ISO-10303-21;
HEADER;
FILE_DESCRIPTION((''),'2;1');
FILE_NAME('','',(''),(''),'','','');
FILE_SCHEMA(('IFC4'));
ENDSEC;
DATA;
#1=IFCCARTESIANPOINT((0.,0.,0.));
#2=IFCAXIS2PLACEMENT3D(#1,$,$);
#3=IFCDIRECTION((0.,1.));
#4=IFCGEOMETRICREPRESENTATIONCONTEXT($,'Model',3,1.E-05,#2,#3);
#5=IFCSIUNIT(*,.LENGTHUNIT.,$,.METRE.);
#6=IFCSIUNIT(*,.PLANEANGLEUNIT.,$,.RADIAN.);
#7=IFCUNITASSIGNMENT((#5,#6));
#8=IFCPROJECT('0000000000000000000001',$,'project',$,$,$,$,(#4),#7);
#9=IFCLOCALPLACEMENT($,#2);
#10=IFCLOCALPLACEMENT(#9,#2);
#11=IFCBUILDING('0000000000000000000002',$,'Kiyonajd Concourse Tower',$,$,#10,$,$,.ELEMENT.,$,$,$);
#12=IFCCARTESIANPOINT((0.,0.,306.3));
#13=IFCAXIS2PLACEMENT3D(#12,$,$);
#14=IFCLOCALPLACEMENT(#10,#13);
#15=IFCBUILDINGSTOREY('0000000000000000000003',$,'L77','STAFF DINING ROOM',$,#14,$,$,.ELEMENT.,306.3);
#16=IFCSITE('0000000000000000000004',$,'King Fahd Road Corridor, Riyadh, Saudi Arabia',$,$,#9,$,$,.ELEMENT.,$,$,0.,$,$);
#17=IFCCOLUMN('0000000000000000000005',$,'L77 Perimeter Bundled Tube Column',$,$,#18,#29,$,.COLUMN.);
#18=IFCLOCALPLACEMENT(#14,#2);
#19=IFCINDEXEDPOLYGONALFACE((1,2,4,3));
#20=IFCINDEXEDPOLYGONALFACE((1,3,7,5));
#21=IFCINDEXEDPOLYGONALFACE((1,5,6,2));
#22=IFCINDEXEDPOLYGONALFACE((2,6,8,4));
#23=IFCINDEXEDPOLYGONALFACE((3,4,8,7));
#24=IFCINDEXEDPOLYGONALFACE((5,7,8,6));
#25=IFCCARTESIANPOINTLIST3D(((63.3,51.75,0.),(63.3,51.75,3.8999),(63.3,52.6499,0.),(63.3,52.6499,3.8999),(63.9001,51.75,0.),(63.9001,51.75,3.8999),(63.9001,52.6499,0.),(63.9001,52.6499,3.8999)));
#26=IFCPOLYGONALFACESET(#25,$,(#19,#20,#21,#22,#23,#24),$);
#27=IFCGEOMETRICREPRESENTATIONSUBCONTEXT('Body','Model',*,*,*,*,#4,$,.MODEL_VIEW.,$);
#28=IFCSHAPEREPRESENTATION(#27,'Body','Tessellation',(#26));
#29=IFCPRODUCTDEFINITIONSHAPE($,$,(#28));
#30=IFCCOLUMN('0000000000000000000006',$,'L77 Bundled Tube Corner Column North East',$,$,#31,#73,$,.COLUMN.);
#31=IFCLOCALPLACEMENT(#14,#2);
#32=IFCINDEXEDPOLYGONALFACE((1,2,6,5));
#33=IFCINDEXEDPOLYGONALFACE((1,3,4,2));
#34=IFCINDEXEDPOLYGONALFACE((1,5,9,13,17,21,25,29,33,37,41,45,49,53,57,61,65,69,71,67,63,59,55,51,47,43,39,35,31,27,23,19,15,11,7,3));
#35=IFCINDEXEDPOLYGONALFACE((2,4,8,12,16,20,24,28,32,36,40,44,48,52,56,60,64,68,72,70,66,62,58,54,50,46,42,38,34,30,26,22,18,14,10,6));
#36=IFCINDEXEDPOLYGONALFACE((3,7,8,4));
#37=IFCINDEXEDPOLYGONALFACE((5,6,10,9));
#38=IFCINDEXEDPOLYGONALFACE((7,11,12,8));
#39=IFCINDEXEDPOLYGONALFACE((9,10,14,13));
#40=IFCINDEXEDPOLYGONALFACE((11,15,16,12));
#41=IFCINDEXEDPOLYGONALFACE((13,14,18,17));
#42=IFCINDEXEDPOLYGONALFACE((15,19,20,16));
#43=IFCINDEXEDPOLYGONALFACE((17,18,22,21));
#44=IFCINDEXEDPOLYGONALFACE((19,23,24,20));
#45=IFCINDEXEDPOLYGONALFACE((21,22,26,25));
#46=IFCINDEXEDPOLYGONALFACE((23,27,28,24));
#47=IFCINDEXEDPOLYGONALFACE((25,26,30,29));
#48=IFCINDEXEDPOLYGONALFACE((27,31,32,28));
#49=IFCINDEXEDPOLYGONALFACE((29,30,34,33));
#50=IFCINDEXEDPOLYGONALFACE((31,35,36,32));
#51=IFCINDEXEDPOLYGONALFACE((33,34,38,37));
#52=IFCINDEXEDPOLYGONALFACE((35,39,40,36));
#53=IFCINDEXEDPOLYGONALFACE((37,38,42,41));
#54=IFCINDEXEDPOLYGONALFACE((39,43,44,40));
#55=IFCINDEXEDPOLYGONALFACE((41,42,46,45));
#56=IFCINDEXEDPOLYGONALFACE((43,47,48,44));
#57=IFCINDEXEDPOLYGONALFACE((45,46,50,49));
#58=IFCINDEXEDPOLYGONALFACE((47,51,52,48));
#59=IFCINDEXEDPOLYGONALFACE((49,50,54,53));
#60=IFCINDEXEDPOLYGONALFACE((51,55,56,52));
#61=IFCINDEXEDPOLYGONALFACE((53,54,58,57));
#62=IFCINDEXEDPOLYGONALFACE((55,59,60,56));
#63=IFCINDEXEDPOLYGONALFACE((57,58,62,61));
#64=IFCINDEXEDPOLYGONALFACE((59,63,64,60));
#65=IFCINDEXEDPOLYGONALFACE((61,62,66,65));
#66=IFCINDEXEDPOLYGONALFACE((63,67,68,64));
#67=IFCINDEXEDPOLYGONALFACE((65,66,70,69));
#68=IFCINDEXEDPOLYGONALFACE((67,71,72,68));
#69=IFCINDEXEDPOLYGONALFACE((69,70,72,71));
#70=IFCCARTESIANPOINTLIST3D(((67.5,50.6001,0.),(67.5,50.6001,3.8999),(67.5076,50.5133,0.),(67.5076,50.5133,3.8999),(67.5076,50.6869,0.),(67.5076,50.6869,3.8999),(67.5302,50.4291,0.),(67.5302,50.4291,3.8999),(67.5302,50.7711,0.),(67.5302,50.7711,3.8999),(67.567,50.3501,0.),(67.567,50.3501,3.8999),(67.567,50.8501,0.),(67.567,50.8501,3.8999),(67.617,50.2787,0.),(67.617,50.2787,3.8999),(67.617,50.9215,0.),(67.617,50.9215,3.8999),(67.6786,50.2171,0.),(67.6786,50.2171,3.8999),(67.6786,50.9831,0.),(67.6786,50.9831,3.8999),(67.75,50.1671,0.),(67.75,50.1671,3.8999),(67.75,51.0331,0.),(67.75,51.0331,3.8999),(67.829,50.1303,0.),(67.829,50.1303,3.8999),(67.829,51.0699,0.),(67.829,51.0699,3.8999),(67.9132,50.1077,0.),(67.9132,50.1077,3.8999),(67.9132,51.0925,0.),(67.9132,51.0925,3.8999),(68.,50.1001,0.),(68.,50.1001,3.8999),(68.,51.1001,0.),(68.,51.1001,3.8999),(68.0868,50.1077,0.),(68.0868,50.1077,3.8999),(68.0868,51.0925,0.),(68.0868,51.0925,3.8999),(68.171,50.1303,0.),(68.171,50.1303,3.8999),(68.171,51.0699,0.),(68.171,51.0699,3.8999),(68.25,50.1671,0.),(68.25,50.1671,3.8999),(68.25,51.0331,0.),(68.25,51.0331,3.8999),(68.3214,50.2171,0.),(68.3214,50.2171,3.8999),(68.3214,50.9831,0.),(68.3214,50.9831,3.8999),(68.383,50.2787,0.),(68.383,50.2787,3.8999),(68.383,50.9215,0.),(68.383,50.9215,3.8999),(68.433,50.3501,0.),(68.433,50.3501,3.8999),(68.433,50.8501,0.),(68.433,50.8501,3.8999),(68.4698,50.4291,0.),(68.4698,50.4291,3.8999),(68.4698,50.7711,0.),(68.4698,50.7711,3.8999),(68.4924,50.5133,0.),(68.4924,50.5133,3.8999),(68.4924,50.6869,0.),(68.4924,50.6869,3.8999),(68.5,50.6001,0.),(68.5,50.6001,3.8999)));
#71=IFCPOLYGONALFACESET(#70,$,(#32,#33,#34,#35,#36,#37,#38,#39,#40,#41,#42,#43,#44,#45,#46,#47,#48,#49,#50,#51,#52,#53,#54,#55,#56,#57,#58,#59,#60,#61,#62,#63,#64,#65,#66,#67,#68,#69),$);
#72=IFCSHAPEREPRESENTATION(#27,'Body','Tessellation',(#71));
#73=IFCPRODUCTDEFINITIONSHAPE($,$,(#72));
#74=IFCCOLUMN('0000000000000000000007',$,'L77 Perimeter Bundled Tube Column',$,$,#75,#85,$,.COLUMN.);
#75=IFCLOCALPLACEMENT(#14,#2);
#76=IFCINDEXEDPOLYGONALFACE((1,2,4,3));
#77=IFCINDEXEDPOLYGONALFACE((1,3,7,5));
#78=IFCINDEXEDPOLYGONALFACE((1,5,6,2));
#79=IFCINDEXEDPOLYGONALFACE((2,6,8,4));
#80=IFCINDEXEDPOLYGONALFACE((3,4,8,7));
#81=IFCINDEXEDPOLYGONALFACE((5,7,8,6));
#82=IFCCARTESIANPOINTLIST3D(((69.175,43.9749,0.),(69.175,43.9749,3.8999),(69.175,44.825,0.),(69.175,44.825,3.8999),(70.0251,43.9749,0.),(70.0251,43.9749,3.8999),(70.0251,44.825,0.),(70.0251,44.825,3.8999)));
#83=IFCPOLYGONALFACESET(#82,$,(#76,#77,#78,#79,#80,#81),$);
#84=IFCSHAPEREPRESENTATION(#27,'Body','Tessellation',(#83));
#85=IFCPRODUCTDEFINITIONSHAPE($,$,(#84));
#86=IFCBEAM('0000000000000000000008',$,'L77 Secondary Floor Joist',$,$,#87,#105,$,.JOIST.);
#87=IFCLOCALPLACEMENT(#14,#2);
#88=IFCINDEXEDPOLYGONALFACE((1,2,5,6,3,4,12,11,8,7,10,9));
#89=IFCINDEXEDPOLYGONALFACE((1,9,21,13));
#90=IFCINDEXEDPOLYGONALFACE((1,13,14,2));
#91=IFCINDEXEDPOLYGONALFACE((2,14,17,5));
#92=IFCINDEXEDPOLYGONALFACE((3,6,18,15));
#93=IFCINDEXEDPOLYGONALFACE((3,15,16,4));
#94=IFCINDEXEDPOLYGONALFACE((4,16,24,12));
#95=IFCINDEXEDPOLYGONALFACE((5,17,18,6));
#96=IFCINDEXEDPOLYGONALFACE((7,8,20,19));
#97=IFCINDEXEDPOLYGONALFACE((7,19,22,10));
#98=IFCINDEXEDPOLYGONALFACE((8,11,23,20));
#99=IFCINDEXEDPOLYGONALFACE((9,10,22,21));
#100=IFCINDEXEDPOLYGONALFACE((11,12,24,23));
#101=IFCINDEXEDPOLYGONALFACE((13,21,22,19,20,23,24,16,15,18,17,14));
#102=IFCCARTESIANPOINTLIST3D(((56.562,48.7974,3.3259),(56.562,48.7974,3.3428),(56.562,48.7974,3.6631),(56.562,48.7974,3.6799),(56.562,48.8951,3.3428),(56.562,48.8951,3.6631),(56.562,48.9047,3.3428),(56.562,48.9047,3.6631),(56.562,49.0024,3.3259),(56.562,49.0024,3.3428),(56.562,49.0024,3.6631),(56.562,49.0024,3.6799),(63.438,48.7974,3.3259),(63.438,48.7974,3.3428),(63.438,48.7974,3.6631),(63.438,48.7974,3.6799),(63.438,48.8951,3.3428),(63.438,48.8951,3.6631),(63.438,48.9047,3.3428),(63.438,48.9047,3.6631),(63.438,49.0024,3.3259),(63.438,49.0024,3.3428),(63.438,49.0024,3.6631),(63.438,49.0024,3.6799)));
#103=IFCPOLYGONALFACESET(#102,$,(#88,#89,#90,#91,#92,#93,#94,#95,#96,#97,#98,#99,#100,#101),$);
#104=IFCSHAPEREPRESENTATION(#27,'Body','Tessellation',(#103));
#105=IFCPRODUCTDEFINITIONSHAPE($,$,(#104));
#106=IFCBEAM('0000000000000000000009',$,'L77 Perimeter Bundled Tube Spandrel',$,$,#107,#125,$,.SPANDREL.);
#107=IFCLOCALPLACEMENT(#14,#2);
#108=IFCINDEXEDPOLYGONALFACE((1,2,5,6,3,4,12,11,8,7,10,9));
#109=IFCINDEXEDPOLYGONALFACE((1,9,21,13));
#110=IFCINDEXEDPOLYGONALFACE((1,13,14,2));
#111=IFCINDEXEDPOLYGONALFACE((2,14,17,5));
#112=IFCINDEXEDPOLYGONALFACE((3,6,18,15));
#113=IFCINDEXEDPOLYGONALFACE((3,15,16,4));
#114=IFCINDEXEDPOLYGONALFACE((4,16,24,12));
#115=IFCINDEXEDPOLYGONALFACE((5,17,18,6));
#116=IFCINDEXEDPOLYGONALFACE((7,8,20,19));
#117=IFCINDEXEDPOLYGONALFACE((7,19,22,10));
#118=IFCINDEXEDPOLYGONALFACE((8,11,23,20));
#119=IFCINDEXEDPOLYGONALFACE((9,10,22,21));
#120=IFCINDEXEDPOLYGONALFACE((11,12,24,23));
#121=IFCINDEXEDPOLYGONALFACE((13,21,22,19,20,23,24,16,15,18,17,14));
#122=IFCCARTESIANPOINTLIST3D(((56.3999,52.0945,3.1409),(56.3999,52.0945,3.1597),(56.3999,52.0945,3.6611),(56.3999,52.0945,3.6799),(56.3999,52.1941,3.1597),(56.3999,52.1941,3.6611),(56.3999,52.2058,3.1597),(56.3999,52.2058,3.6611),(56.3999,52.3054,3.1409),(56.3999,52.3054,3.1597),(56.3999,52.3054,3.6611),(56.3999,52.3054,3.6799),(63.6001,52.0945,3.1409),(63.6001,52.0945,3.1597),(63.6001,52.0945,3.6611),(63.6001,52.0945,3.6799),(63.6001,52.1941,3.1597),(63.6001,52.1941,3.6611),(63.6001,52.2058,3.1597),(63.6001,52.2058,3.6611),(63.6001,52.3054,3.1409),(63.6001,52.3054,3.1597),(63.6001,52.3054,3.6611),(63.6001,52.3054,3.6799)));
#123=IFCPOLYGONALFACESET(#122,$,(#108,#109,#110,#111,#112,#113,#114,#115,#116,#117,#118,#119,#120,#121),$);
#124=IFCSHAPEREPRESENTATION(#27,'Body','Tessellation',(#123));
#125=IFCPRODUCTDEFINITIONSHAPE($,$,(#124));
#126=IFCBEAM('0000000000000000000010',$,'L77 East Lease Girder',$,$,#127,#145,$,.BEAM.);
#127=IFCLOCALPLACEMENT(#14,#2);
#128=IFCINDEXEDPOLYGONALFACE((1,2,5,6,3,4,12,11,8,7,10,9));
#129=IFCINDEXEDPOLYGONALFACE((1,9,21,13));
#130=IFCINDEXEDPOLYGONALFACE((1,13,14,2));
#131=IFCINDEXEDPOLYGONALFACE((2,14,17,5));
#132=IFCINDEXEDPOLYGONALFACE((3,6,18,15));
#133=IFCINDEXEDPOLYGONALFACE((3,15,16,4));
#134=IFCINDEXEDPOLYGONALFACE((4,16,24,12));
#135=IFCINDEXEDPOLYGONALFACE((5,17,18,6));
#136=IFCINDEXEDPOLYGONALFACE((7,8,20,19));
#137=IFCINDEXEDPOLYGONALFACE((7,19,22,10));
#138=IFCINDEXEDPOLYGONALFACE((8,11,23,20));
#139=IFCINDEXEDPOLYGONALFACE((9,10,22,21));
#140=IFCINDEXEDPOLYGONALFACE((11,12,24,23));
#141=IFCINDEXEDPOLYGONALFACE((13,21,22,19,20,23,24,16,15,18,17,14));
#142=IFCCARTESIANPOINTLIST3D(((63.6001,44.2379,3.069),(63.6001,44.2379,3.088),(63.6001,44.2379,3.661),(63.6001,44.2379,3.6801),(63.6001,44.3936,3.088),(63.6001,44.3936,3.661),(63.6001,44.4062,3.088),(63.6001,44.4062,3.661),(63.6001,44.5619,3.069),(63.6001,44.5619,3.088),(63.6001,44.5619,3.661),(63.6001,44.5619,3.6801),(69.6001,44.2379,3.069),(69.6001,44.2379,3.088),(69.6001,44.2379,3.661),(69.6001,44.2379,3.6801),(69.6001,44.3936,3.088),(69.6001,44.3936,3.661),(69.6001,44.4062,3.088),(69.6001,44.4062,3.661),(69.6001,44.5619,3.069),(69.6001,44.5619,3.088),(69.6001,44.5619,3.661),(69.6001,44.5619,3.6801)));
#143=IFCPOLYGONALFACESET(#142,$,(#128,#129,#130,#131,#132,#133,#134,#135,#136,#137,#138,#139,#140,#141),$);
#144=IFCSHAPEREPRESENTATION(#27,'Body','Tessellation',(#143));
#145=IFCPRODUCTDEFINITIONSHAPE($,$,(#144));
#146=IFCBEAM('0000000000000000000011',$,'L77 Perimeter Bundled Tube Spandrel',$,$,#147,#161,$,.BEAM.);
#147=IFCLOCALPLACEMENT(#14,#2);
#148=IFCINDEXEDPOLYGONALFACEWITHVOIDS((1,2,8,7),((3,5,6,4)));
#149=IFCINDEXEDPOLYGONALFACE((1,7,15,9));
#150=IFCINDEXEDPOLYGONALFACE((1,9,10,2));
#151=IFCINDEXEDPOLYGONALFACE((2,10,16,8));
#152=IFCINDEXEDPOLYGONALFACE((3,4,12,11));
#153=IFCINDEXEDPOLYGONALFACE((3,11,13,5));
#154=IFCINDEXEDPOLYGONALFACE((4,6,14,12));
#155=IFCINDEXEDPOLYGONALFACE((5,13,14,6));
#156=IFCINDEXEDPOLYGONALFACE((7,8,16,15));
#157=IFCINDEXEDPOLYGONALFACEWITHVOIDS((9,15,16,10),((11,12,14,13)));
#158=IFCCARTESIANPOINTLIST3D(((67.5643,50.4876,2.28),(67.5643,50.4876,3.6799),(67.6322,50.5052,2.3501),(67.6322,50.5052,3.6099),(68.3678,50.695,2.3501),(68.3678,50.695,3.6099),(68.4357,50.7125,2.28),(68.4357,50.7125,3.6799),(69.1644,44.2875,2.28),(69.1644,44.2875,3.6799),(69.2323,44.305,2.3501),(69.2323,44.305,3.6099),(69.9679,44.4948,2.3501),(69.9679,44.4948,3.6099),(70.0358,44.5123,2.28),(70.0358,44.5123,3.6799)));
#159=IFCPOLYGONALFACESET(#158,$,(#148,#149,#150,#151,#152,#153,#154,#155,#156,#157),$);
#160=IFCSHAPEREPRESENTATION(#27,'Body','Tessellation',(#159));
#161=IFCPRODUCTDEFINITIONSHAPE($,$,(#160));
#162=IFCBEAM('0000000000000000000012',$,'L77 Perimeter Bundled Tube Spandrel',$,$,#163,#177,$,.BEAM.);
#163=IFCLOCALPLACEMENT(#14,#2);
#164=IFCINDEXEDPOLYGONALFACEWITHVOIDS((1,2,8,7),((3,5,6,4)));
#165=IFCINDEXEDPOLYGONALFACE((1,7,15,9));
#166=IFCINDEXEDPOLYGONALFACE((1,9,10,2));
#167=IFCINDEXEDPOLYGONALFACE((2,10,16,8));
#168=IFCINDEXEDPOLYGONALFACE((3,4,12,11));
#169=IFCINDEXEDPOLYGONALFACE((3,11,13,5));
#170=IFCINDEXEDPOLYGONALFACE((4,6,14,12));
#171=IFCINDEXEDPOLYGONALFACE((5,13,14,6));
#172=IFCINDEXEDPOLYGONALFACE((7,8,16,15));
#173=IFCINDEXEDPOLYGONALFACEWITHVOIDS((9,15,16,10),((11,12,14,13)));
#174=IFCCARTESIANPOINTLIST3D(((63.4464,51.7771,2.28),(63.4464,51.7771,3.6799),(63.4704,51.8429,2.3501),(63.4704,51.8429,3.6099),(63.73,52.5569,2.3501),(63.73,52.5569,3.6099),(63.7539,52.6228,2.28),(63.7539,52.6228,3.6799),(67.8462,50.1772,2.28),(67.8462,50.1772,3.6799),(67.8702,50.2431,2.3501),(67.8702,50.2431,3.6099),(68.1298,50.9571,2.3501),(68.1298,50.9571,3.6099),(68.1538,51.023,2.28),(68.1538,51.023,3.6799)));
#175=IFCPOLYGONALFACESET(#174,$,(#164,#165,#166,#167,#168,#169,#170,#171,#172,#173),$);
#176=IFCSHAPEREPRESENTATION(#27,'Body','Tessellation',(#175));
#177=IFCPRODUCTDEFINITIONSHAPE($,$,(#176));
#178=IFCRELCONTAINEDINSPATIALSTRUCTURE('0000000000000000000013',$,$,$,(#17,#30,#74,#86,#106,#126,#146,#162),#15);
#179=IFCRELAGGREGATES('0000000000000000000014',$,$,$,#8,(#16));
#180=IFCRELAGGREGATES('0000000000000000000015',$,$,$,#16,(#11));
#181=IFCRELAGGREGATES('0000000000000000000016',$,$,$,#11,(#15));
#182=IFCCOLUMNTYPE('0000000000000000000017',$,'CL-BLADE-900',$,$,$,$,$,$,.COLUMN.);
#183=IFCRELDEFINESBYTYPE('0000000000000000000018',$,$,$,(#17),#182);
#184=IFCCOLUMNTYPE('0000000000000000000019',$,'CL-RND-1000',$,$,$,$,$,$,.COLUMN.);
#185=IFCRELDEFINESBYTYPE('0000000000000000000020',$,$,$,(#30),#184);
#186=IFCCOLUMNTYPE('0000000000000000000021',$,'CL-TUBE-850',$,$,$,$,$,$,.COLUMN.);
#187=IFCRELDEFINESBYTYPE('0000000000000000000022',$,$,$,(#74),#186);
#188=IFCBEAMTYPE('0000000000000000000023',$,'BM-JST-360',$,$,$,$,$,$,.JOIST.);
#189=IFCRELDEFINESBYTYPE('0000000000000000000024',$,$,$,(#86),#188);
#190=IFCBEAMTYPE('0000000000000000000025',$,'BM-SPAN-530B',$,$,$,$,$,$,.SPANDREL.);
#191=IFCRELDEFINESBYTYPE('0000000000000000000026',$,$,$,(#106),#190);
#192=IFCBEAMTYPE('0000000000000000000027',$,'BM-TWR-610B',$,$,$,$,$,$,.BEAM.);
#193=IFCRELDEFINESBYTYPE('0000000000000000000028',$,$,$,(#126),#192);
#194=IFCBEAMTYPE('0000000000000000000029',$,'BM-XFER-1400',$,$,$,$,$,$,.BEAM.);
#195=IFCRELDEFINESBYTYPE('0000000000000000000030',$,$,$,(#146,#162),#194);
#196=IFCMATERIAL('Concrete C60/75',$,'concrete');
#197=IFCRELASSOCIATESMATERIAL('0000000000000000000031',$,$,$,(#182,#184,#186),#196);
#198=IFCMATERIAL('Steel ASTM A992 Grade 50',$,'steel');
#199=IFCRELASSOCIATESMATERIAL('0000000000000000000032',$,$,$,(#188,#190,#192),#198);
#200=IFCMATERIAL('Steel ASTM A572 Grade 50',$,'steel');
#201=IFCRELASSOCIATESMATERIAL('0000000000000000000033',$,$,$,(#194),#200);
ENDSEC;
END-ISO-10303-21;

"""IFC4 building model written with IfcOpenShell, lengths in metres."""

from ifc_helpers import new_model, si_unit, direction, frame, origin, origin_2d, place, context, subcontext, project, spatial, rectangle, hollow_rectangle, circle, i_section, extrude, material, material_profile, profile_set, type_object, element, save


model = new_model("IFC4")

# Units and contexts
model_context = context("Model", 3, precision=1e-05, world=origin(), true_north=direction((0.0, 1.0)))
body_context = subcontext(model_context, "Body", "Model", "MODEL_VIEW")
ifc_project = project(units=[si_unit("LENGTHUNIT", "METRE"), si_unit("PLANEANGLEUNIT", "RADIAN")], contexts=[model_context])

# Site, building, storey
site_placement = place(None, origin())
site = spatial("IfcSite", under=ifc_project, at=site_placement, Name="King Fahd Road Corridor, Riyadh, Saudi Arabia", CompositionType="ELEMENT", RefElevation=0.0)
building_placement = place(site_placement, origin())
building = spatial("IfcBuilding", under=site, at=building_placement, Name="Kiyonajd Concourse Tower", CompositionType="ELEMENT")
storey_placement = place(building_placement, frame((0.0, 0.0, 306.3)))
storey = spatial("IfcBuildingStorey", under=building, at=storey_placement, Name="L77", Description="STAFF DINING ROOM", CompositionType="ELEMENT", Elevation=306.3)

# Columns
ifc_material_1 = material(Name="Concrete C60/75", Category="concrete")
ifc_material_profile_1 = material_profile(ifc_material_1, rectangle(XDim=0.6001, YDim=0.8999, at=origin_2d()), Name="RC-900x600")
ifc_profile_set_1 = profile_set([ifc_material_profile_1], Name="Concrete C60/75")
column_type_1 = type_object("IfcColumnType", Name="CL-BLADE-900", PredefinedType="COLUMN", material=ifc_profile_set_1)
column_1_placement = place(storey_placement, frame((63.6001, 52.2, 0.0), z_axis=(0.0, 0.0, 1.0), x_axis=(1.0, 0.0, 0.0)))
element("IfcColumn", 1, at=column_1_placement, inside=storey, type_object=column_type_1, Name="L77 Perimeter Bundled Tube Column", PredefinedType="COLUMN", context=body_context, shape_type="SweptSolid", body=[
    extrude(rectangle(XDim=0.6001, YDim=0.8999, at=origin_2d()), origin(), (0.0, 0.0, 1.0), 3.8999),
])
ifc_material_profile_2 = material_profile(ifc_material_1, circle(Radius=0.5, at=origin_2d()), Name="RCC-D1000")
ifc_profile_set_2 = profile_set([ifc_material_profile_2], Name="Concrete C60/75")
column_type_2 = type_object("IfcColumnType", Name="CL-RND-1000", PredefinedType="COLUMN", material=ifc_profile_set_2)
column_2_placement = place(storey_placement, frame((68.0, 50.6001, 0.0), z_axis=(0.0, 0.0, 1.0), x_axis=(1.0, 0.0, 0.0)))
element("IfcColumn", 2, at=column_2_placement, inside=storey, type_object=column_type_2, Name="L77 Bundled Tube Corner Column North East", PredefinedType="COLUMN", context=body_context, shape_type="SweptSolid", body=[
    extrude(circle(Radius=0.5, at=origin_2d()), origin(), (0.0, 0.0, 1.0), 3.8999),
])
ifc_material_profile_3 = material_profile(ifc_material_1, rectangle(XDim=0.8501, YDim=0.8501, at=origin_2d()), Name="RC-850x850")
ifc_profile_set_3 = profile_set([ifc_material_profile_3], Name="Concrete C60/75")
column_type_3 = type_object("IfcColumnType", Name="CL-TUBE-850", PredefinedType="COLUMN", material=ifc_profile_set_3)
column_3_placement = place(storey_placement, frame((69.6001, 44.3999, 0.0), z_axis=(0.0, 0.0, 1.0), x_axis=(1.0, 0.0, 0.0)))
element("IfcColumn", 3, at=column_3_placement, inside=storey, type_object=column_type_3, Name="L77 Perimeter Bundled Tube Column", PredefinedType="COLUMN", context=body_context, shape_type="SweptSolid", body=[
    extrude(rectangle(XDim=0.8501, YDim=0.8501, at=origin_2d()), origin(), (0.0, 0.0, 1.0), 3.8999),
])

# Beams
ifc_material_2 = material(Name="Steel ASTM A992 Grade 50", Category="steel")
ifc_material_profile_4 = material_profile(ifc_material_2, i_section(OverallWidth=0.2051, OverallDepth=0.354, WebThickness=0.0095, FlangeThickness=0.0168, at=origin_2d()), Name="W360X79")
ifc_profile_set_4 = profile_set([ifc_material_profile_4], Name="Steel ASTM A992 Grade 50")
beam_type_1 = type_object("IfcBeamType", Name="BM-JST-360", PredefinedType="JOIST", material=ifc_profile_set_4)
beam_1_placement = place(storey_placement, frame((56.562, 48.8999, 3.5029), z_axis=(1.0, 0.0, 0.0), x_axis=(0.0, 1.0, 0.0)))
element("IfcBeam", 4, at=beam_1_placement, inside=storey, type_object=beam_type_1, Name="L77 Secondary Floor Joist", PredefinedType="JOIST", context=body_context, shape_type="SweptSolid", body=[
    extrude(i_section(OverallWidth=0.2051, OverallDepth=0.354, WebThickness=0.0095, FlangeThickness=0.0168, at=origin_2d()), origin(), (0.0, 0.0, 1.0), 6.876),
])
ifc_material_profile_5 = material_profile(ifc_material_2, i_section(OverallWidth=0.2109, OverallDepth=0.5391, WebThickness=0.0117, FlangeThickness=0.0188, at=origin_2d()), Name="W530X109")
ifc_profile_set_5 = profile_set([ifc_material_profile_5], Name="Steel ASTM A992 Grade 50")
beam_type_2 = type_object("IfcBeamType", Name="BM-SPAN-530B", PredefinedType="SPANDREL", material=ifc_profile_set_5)
beam_2_placement = place(storey_placement, frame((63.6001, 52.2, 3.4104), z_axis=(-1.0, 0.0, 0.0), x_axis=(0.0, -1.0, 0.0)))
element("IfcBeam", 5, at=beam_2_placement, inside=storey, type_object=beam_type_2, Name="L77 Perimeter Bundled Tube Spandrel", PredefinedType="SPANDREL", context=body_context, shape_type="SweptSolid", body=[
    extrude(i_section(OverallWidth=0.2109, OverallDepth=0.5391, WebThickness=0.0117, FlangeThickness=0.0188, at=origin_2d()), origin(), (0.0, 0.0, 1.0), 7.2002),
])
ifc_material_profile_6 = material_profile(ifc_material_2, i_section(OverallWidth=0.324, OverallDepth=0.6111, WebThickness=0.0127, FlangeThickness=0.019, at=origin_2d()), Name="W610X155")
ifc_profile_set_6 = profile_set([ifc_material_profile_6], Name="Steel ASTM A992 Grade 50")
beam_type_3 = type_object("IfcBeamType", Name="BM-TWR-610B", PredefinedType="BEAM", material=ifc_profile_set_6)
beam_3_placement = place(storey_placement, frame((63.6001, 44.3999, 3.3745), z_axis=(1.0, 0.0, 0.0), x_axis=(0.0, 1.0, 0.0)))
element("IfcBeam", 6, at=beam_3_placement, inside=storey, type_object=beam_type_3, Name="L77 East Lease Girder", PredefinedType="BEAM", context=body_context, shape_type="SweptSolid", body=[
    extrude(i_section(OverallWidth=0.324, OverallDepth=0.6111, WebThickness=0.0127, FlangeThickness=0.019, at=origin_2d()), origin(), (0.0, 0.0, 1.0), 6.0),
])
ifc_material_3 = material(Name="Steel ASTM A572 Grade 50", Category="steel")
ifc_material_profile_7 = material_profile(ifc_material_3, hollow_rectangle(XDim=0.8999, YDim=1.3999, WallThickness=0.0701, at=origin_2d()), Name="BOX-1400x900x70")
ifc_profile_set_7 = profile_set([ifc_material_profile_7], Name="Steel ASTM A572 Grade 50")
beam_type_4 = type_object("IfcBeamType", Name="BM-XFER-1400", PredefinedType="BEAM", material=ifc_profile_set_7)
beam_4_placement = place(storey_placement, frame((69.6001, 44.3999, 2.98), z_axis=(-0.249885, 0.968276, 0.0), x_axis=(-0.968276, -0.249885, 0.0)))
element("IfcBeam", 7, at=beam_4_placement, inside=storey, type_object=beam_type_4, Name="L77 Perimeter Bundled Tube Spandrel", PredefinedType="BEAM", context=body_context, shape_type="SweptSolid", body=[
    extrude(hollow_rectangle(XDim=0.8999, YDim=1.3999, WallThickness=0.0701, at=origin_2d()), origin(), (0.0, 0.0, 1.0), 6.4033),
])
beam_5_placement = place(storey_placement, frame((68.0, 50.6001, 2.98), z_axis=(-0.939801, 0.341722, 0.0), x_axis=(-0.341722, -0.939801, 0.0)))
element("IfcBeam", 8, at=beam_5_placement, inside=storey, type_object=beam_type_4, Name="L77 Perimeter Bundled Tube Spandrel", PredefinedType="BEAM", context=body_context, shape_type="SweptSolid", body=[
    extrude(hollow_rectangle(XDim=0.8999, YDim=1.3999, WallThickness=0.0701, at=origin_2d()), origin(), (0.0, 0.0, 1.0), 4.6816),
])

save(model, "model.ifc")
